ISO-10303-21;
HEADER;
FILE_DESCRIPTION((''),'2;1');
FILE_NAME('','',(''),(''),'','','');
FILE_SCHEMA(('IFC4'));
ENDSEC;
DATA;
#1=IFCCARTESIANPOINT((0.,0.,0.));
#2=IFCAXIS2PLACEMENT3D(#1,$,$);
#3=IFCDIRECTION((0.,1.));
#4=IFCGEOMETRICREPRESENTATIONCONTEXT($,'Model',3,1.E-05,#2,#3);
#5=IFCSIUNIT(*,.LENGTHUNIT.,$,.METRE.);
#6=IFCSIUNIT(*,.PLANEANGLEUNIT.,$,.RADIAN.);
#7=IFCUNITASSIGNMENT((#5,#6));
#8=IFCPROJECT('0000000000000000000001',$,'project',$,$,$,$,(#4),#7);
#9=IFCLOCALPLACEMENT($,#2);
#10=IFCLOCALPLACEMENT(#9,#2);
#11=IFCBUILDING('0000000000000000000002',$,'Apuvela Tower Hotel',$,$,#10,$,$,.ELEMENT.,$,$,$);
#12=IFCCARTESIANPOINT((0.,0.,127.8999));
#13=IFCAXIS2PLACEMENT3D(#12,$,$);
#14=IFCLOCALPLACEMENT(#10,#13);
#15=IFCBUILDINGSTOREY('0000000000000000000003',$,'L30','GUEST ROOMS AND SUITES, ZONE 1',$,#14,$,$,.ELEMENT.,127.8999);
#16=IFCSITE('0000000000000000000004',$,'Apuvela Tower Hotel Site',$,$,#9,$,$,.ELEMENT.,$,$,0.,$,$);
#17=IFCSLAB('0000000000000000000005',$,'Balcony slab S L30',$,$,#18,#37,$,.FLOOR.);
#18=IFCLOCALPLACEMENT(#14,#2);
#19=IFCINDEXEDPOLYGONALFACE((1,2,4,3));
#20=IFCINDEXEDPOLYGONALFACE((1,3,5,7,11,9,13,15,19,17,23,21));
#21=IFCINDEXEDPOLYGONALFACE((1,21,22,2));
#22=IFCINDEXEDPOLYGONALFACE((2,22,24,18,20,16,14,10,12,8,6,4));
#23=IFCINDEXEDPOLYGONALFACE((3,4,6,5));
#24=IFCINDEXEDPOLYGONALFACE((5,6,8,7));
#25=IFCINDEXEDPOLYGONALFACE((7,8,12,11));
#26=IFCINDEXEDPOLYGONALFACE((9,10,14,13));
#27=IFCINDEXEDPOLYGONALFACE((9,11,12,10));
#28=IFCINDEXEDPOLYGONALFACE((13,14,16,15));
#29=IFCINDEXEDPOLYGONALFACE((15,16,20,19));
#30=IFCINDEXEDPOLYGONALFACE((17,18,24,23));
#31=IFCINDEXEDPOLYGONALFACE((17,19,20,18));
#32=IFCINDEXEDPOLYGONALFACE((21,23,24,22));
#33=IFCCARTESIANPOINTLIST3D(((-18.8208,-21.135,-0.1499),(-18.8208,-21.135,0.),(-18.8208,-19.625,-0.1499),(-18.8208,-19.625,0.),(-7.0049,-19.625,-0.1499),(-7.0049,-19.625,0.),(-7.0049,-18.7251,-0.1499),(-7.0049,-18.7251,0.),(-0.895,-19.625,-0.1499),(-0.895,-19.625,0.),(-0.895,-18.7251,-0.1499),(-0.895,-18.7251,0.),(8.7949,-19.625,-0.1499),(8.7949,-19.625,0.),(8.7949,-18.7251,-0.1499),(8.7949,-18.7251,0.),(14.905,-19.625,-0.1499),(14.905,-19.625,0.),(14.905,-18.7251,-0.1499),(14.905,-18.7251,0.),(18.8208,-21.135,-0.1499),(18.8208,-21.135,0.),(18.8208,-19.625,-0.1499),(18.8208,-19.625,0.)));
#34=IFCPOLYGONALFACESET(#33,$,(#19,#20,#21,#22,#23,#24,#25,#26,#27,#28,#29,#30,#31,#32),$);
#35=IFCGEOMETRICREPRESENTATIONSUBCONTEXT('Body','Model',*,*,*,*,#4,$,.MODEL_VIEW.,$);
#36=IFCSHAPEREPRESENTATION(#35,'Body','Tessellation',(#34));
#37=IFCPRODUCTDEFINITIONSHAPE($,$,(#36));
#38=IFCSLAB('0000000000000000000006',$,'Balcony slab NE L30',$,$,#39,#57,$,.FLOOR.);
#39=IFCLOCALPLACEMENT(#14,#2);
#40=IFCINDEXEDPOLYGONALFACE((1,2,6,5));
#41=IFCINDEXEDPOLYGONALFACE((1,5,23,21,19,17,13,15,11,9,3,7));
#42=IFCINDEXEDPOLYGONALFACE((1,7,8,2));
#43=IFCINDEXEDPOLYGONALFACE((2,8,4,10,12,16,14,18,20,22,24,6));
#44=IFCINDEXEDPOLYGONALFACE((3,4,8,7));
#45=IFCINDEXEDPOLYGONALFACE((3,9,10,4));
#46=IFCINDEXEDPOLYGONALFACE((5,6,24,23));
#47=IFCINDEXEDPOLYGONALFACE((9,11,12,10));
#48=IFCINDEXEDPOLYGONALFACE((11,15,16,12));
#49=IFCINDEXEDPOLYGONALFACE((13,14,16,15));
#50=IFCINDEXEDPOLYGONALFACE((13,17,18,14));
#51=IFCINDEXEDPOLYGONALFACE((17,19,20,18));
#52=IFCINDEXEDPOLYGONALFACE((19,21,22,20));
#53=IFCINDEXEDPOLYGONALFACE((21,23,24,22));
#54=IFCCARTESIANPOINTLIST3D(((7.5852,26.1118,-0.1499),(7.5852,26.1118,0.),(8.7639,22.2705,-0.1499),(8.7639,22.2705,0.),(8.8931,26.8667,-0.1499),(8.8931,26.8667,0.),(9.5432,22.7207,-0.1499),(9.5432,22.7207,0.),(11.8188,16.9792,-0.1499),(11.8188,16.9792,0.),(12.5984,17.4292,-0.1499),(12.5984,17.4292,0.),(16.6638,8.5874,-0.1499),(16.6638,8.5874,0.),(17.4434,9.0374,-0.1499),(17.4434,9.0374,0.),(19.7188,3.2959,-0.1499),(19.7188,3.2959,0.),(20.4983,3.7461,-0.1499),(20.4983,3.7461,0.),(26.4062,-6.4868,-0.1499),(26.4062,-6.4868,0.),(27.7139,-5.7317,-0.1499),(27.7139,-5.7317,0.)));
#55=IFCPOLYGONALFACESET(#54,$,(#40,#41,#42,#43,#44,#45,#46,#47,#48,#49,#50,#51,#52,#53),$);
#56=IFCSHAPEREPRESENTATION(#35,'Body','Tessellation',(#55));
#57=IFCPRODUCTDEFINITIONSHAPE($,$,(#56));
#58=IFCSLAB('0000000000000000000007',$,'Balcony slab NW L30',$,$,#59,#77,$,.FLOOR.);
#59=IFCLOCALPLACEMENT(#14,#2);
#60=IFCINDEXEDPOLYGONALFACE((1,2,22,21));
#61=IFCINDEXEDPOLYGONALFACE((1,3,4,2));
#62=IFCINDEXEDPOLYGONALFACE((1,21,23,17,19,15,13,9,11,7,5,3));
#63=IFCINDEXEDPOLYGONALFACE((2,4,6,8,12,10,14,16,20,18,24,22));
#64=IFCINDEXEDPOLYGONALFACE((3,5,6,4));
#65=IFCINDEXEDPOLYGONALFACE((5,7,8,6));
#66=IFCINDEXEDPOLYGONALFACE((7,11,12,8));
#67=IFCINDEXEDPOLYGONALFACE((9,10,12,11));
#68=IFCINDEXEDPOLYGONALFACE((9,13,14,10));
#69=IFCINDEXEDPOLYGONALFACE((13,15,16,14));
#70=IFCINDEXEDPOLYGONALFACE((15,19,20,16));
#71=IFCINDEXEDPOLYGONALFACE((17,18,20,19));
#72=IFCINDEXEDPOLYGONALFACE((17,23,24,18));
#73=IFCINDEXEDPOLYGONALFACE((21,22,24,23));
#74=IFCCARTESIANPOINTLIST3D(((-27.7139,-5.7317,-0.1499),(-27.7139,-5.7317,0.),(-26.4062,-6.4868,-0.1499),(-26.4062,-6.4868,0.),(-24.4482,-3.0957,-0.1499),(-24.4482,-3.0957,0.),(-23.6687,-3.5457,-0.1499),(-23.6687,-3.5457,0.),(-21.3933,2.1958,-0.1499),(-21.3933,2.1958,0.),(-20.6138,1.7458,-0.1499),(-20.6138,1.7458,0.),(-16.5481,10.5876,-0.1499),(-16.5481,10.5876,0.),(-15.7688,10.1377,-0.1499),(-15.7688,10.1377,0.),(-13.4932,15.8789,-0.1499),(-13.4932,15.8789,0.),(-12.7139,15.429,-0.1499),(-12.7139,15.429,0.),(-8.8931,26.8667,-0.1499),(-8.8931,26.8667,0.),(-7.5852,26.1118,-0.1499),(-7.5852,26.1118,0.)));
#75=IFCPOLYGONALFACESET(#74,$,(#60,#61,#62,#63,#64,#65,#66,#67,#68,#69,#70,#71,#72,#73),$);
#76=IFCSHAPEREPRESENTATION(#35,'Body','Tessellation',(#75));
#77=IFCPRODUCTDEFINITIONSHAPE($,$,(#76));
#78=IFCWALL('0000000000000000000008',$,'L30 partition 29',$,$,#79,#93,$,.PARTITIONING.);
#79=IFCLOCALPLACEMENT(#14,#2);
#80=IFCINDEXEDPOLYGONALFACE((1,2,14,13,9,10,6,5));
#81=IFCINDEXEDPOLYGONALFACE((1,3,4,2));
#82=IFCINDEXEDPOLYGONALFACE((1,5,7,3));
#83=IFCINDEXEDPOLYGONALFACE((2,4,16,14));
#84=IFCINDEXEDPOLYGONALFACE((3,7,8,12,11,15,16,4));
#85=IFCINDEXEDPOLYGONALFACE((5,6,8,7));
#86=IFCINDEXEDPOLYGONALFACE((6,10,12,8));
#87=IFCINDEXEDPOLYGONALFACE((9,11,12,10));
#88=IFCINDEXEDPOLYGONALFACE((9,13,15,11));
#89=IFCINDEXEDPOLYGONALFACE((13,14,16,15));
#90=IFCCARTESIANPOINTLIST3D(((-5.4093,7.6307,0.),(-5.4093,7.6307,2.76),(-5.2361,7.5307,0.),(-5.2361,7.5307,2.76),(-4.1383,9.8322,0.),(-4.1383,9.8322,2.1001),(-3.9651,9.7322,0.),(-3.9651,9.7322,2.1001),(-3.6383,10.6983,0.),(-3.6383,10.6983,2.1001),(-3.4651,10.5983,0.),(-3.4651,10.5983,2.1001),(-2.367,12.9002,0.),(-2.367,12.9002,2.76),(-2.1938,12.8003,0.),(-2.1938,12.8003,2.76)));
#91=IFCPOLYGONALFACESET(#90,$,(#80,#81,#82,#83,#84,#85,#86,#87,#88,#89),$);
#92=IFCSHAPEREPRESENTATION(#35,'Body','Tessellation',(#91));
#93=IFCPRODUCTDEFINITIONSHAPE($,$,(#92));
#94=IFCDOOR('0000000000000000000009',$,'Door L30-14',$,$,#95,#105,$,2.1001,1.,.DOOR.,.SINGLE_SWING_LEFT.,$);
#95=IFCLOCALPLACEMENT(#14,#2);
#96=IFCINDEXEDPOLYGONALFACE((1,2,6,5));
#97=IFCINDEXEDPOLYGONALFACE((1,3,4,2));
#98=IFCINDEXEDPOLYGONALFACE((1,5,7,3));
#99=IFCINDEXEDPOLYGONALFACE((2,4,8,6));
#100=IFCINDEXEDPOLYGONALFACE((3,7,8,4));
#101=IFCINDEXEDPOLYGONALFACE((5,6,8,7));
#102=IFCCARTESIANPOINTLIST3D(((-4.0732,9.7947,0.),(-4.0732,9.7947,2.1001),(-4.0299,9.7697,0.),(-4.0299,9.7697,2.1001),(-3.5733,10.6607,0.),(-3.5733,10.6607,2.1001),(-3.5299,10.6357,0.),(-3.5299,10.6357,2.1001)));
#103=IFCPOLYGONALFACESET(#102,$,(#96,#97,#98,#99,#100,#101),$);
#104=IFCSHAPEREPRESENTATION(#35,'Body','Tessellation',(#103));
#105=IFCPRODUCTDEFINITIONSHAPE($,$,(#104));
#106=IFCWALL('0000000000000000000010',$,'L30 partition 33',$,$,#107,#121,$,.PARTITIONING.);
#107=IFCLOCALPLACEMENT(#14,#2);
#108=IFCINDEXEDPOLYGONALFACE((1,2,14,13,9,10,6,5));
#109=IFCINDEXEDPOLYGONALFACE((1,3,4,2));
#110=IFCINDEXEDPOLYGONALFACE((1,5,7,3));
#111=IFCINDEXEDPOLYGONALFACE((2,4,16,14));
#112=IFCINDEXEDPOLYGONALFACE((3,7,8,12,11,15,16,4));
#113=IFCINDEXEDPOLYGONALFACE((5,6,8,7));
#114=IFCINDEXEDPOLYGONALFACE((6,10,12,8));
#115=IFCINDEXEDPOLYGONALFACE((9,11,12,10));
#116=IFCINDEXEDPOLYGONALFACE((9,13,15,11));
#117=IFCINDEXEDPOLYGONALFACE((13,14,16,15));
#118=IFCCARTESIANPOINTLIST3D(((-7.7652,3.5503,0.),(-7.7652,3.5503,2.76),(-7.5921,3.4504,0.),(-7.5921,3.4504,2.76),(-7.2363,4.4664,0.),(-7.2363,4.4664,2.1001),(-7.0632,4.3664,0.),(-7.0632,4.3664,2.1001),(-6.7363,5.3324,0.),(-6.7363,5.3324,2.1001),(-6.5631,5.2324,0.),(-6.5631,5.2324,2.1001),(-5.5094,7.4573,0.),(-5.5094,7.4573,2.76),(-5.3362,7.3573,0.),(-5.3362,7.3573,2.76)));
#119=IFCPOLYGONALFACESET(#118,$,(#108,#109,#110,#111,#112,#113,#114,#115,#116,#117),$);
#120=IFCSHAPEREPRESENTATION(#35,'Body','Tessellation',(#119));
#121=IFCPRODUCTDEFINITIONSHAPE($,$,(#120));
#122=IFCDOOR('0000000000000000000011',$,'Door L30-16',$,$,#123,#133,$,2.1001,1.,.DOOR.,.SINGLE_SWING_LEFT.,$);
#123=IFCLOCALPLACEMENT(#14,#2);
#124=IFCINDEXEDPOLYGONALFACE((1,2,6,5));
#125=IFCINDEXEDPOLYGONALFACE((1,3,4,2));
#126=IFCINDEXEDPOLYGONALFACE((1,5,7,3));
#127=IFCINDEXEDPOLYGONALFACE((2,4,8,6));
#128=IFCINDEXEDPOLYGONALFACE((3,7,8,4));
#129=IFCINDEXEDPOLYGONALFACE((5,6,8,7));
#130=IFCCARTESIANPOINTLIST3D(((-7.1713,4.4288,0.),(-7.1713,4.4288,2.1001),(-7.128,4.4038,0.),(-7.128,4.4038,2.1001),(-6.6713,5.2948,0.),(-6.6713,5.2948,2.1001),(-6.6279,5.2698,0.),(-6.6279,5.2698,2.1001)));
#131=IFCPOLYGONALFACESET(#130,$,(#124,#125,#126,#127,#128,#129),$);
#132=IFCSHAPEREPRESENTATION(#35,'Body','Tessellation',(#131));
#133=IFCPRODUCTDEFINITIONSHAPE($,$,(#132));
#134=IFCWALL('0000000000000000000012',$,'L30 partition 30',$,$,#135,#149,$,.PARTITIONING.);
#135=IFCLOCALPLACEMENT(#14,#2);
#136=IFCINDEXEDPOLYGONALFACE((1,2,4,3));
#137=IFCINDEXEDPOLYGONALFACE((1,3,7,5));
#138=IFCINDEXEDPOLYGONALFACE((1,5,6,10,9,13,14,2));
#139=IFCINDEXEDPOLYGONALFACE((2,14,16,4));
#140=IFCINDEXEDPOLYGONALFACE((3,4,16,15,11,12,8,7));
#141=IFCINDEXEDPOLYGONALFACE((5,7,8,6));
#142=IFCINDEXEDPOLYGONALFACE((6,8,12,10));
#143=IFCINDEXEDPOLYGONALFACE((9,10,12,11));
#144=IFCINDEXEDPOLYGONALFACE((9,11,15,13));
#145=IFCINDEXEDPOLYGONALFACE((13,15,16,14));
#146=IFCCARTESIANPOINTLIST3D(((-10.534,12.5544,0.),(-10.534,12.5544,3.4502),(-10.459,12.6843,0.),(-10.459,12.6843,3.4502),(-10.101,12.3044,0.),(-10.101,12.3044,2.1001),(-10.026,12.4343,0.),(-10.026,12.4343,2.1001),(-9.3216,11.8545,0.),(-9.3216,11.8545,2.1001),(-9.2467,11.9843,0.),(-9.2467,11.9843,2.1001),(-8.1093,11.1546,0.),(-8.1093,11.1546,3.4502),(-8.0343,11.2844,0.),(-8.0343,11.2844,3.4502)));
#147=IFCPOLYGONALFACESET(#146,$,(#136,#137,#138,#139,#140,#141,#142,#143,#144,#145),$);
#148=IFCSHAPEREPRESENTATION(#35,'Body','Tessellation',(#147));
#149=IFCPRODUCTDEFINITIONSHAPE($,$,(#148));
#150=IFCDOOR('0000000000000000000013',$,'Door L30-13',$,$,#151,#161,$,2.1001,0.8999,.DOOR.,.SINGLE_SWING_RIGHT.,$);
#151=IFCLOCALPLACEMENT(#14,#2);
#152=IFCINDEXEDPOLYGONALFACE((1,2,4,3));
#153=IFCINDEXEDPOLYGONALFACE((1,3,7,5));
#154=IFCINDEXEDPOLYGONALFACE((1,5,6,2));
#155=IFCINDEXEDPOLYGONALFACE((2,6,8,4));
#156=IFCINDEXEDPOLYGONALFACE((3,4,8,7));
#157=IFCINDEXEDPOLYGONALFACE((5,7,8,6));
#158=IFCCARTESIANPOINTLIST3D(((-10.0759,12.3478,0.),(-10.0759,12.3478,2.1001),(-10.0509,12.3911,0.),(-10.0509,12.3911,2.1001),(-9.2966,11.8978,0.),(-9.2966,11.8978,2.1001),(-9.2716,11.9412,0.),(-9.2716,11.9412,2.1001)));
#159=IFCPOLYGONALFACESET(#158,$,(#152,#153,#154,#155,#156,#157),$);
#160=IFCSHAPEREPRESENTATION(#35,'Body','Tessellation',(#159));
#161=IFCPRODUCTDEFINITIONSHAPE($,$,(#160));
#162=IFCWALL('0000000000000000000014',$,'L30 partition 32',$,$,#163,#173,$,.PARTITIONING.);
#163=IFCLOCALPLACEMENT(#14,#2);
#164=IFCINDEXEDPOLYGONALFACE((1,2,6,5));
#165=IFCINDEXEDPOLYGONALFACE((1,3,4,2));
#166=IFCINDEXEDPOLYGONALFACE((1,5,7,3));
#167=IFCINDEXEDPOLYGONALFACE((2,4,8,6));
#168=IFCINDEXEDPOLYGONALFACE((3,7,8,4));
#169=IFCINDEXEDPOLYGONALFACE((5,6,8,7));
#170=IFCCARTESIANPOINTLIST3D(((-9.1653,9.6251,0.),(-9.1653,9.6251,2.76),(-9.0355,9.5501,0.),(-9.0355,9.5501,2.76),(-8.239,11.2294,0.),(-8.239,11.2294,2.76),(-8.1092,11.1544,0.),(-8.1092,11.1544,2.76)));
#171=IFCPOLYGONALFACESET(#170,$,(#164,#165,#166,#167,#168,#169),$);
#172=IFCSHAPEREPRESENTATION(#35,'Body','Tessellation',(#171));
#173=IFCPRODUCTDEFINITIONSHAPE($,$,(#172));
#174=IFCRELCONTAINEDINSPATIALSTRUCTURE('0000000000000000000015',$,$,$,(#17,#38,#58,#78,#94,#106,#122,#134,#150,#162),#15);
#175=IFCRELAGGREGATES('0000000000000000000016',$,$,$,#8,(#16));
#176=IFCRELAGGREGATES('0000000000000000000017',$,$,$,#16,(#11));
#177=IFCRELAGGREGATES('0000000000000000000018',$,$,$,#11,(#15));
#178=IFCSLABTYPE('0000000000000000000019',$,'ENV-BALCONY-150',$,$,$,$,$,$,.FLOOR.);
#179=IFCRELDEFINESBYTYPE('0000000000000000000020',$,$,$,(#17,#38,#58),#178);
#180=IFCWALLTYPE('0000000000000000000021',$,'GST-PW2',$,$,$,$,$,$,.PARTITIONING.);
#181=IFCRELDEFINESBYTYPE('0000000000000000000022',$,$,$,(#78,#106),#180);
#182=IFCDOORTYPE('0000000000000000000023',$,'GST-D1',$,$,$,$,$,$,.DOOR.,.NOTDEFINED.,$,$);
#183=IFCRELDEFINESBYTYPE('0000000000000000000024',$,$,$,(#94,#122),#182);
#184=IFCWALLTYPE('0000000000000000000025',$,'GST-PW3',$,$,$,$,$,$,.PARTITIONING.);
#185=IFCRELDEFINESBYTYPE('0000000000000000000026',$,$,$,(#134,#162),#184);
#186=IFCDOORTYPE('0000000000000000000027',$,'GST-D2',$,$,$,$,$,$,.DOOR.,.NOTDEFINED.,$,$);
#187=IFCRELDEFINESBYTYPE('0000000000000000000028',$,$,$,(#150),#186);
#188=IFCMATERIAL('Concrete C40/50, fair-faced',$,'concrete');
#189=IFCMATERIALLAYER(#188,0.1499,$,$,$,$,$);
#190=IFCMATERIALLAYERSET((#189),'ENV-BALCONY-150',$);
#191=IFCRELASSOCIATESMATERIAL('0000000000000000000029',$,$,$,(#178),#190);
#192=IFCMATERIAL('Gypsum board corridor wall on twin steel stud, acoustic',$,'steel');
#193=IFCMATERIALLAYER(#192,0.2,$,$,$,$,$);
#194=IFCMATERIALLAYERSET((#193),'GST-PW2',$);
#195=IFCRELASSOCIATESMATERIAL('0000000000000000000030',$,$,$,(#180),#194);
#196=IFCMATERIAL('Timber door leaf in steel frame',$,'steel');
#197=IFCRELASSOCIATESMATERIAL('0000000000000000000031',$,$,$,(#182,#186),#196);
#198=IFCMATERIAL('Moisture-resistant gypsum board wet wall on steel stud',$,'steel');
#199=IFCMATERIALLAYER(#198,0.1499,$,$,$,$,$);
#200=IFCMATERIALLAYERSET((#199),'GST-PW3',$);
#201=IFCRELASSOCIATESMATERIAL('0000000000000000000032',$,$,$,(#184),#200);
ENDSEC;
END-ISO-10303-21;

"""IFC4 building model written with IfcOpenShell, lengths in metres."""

from ifc_helpers import new_model, si_unit, direction, frame, frame_2d, origin, place, context, subcontext, project, spatial, polyline, rectangle, outline, extrude, material, layer, layer_set, type_object, element, fill, save


model = new_model("IFC4")

# Units and contexts
model_context = context("Model", 3, precision=1e-05, world=origin(), true_north=direction((0.0, 1.0)))
body_context = subcontext(model_context, "Body", "Model", "MODEL_VIEW")
ifc_project = project(units=[si_unit("LENGTHUNIT", "METRE"), si_unit("PLANEANGLEUNIT", "RADIAN")], contexts=[model_context])

# Site, building, storey
site_placement = place(None, origin())
site = spatial("IfcSite", under=ifc_project, at=site_placement, Name="Apuvela Tower Hotel Site", CompositionType="ELEMENT", RefElevation=0.0)
building_placement = place(site_placement, origin())
building = spatial("IfcBuilding", under=site, at=building_placement, Name="Apuvela Tower Hotel", CompositionType="ELEMENT")
storey_placement = place(building_placement, frame((0.0, 0.0, 127.8999)))
storey = spatial("IfcBuildingStorey", under=building, at=storey_placement, Name="L30", Description="GUEST ROOMS AND SUITES, ZONE 1", CompositionType="ELEMENT", Elevation=127.8999)

# Slabs
ifc_material_1 = material(Name="Concrete C40/50, fair-faced", Category="concrete")
ifc_layer_1 = layer(ifc_material_1, 0.1499)
ifc_layer_set_1 = layer_set([ifc_layer_1], Name="ENV-BALCONY-150")
slab_type_1 = type_object("IfcSlabType", Name="ENV-BALCONY-150", PredefinedType="FLOOR", material=ifc_layer_set_1)
slab_1_placement = place(storey_placement, frame((0.0, 0.0, -0.1499)))
element("IfcSlab", 1, at=slab_1_placement, inside=storey, type_object=slab_type_1, Name="Balcony slab S L30", PredefinedType="FLOOR", context=body_context, shape_type="SweptSolid", body=[
    extrude(outline(polyline([(18.8208, -21.135), (-18.8208, -21.135), (-18.8208, -19.625), (-7.0049, -19.625), (-7.0049, -18.7251), (-0.895, -18.7251), (-0.895, -19.625), (8.7949, -19.625), (8.7949, -18.7251), (14.905, -18.7251), (14.905, -19.625), (18.8208, -19.625), (18.8208, -21.135)])), origin(), (0.0, 0.0, 1.0), 0.1499),
])
slab_2_placement = place(storey_placement, frame((0.0, 0.0, -0.1499)))
element("IfcSlab", 2, at=slab_2_placement, inside=storey, type_object=slab_type_1, Name="Balcony slab NE L30", PredefinedType="FLOOR", context=body_context, shape_type="SweptSolid", body=[
    extrude(outline(polyline([(17.4434, 9.0374), (12.5984, 17.4292), (11.8188, 16.9792), (8.7639, 22.2705), (9.5432, 22.7207), (7.5852, 26.1118), (8.8931, 26.8667), (27.7139, -5.7317), (26.4062, -6.4868), (20.4983, 3.7461), (19.7188, 3.2959), (16.6638, 8.5874), (17.4434, 9.0374)])), origin(), (0.0, 0.0, 1.0), 0.1499),
])
slab_3_placement = place(storey_placement, frame((0.0, 0.0, -0.1499)))
element("IfcSlab", 3, at=slab_3_placement, inside=storey, type_object=slab_type_1, Name="Balcony slab NW L30", PredefinedType="FLOOR", context=body_context, shape_type="SweptSolid", body=[
    extrude(outline(polyline([(-27.7139, -5.7317), (-8.8931, 26.8667), (-7.5852, 26.1118), (-13.4932, 15.8789), (-12.7139, 15.429), (-15.7688, 10.1377), (-16.5481, 10.5876), (-21.3933, 2.1958), (-20.6138, 1.7458), (-23.6687, -3.5457), (-24.4482, -3.0957), (-26.4062, -6.4868), (-27.7139, -5.7317)])), origin(), (0.0, 0.0, 1.0), 0.1499),
])

# Walls, openings, doors
ifc_material_2 = material(Name="Gypsum board corridor wall on twin steel stud, acoustic", Category="steel")
ifc_layer_2 = layer(ifc_material_2, 0.2)
ifc_layer_set_2 = layer_set([ifc_layer_2], Name="GST-PW2")
wall_type_1 = type_object("IfcWallType", Name="GST-PW2", PredefinedType="PARTITIONING", material=ifc_layer_set_2)
wall_1_placement = place(storey_placement, frame((-5.3228, 7.5806, 0.0), z_axis=(0.0, 0.0, 1.0), x_axis=(0.499984, 0.866035, 0.0)))
wall_1 = element("IfcWall", 4, at=wall_1_placement, inside=storey, type_object=wall_type_1, Name="L30 partition 29", PredefinedType="PARTITIONING", context=body_context, shape_type="SweptSolid", body=[
    extrude(rectangle(XDim=6.0847, YDim=0.2, at=frame_2d((3.0425, 0.0))), origin(), (0.0, 0.0, 1.0), 2.76),
])
opening_1_placement = place(wall_1_placement, frame((2.5422, 0.0, 0.0)))
opening_1 = element("IfcOpeningElement", 5, at=opening_1_placement, cuts=wall_1, PredefinedType="OPENING", context=body_context, shape_type="SweptSolid", body=[
    extrude(rectangle(XDim=1.0, YDim=2.1001, at=frame_2d((0.5, 1.05))), frame((0.0, 0.1099, 0.0), z_axis=(0.0, -1.0, 0.0), x_axis=(1.0, 0.0, 0.0)), (0.0, 0.0, 1.0), 0.22),
])
ifc_material_3 = material(Name="Timber door leaf in steel frame", Category="steel")
door_type_1 = type_object("IfcDoorType", Name="GST-D1", OperationType="NOTDEFINED", PredefinedType="DOOR", material=ifc_material_3)
door_1_placement = place(opening_1_placement, origin())
door_1 = element("IfcDoor", 6, at=door_1_placement, inside=storey, type_object=door_type_1, Name="Door L30-14", OperationType="SINGLE_SWING_LEFT", OverallHeight=2.1001, OverallWidth=1.0, PredefinedType="DOOR", context=body_context, shape_type="SweptSolid", body=[
    extrude(rectangle(XDim=1.0, YDim=2.1001, at=frame_2d((0.5, 1.05))), frame((0.0, 0.0249, 0.0), z_axis=(0.0, -1.0, 0.0), x_axis=(1.0, 0.0, 0.0)), (0.0, 0.0, 1.0), 0.05),
])
fill(opening_1, door_1)
wall_2_placement = place(storey_placement, frame((-7.6787, 3.5002, 0.0), z_axis=(0.0, 0.0, 1.0), x_axis=(0.500027, 0.86601, 0.0)))
wall_2 = element("IfcWall", 7, at=wall_2_placement, inside=storey, type_object=wall_type_1, Name="L30 partition 33", PredefinedType="PARTITIONING", context=body_context, shape_type="SweptSolid", body=[
    extrude(rectangle(XDim=4.5115, YDim=0.2, at=frame_2d((2.2559, 0.0))), origin(), (0.0, 0.0, 1.0), 2.76),
])
opening_2_placement = place(wall_2_placement, frame((1.0579, 0.0, 0.0)))
opening_2 = element("IfcOpeningElement", 8, at=opening_2_placement, cuts=wall_2, PredefinedType="OPENING", context=body_context, shape_type="SweptSolid", body=[
    extrude(rectangle(XDim=1.0, YDim=2.1001, at=frame_2d((0.5, 1.05))), frame((0.0, 0.1099, 0.0), z_axis=(0.0, -1.0, 0.0), x_axis=(1.0, 0.0, 0.0)), (0.0, 0.0, 1.0), 0.22),
])
door_2_placement = place(opening_2_placement, origin())
door_2 = element("IfcDoor", 9, at=door_2_placement, inside=storey, type_object=door_type_1, Name="Door L30-16", OperationType="SINGLE_SWING_LEFT", OverallHeight=2.1001, OverallWidth=1.0, PredefinedType="DOOR", context=body_context, shape_type="SweptSolid", body=[
    extrude(rectangle(XDim=1.0, YDim=2.1001, at=frame_2d((0.5, 1.05))), frame((0.0, 0.0249, 0.0), z_axis=(0.0, -1.0, 0.0), x_axis=(1.0, 0.0, 0.0)), (0.0, 0.0, 1.0), 0.05),
])
fill(opening_2, door_2)
ifc_material_4 = material(Name="Moisture-resistant gypsum board wet wall on steel stud", Category="steel")
ifc_layer_3 = layer(ifc_material_4, 0.1499)
ifc_layer_set_3 = layer_set([ifc_layer_3], Name="GST-PW3")
wall_type_2 = type_object("IfcWallType", Name="GST-PW3", PredefinedType="PARTITIONING", material=ifc_layer_set_3)
wall_3_placement = place(storey_placement, frame((-8.0718, 11.2195, 0.0), z_axis=(0.0, 0.0, 1.0), x_axis=(-0.866035, 0.499984, 0.0)))
wall_3 = element("IfcWall", 10, at=wall_3_placement, inside=storey, type_object=wall_type_2, Name="L30 partition 30", PredefinedType="PARTITIONING", context=body_context, shape_type="SweptSolid", body=[
    extrude(rectangle(XDim=2.7998, YDim=0.1499, at=frame_2d((1.3999, 0.0))), origin(), (0.0, 0.0, 1.0), 3.4502),
])
opening_3_placement = place(wall_3_placement, frame((1.3999, 0.0, 0.0)))
opening_3 = element("IfcOpeningElement", 11, at=opening_3_placement, cuts=wall_3, PredefinedType="OPENING", context=body_context, shape_type="SweptSolid", body=[
    extrude(rectangle(XDim=0.8999, YDim=2.1001, at=frame_2d((0.45, 1.05))), frame((0.0, 0.085, 0.0), z_axis=(0.0, -1.0, 0.0), x_axis=(1.0, 0.0, 0.0)), (0.0, 0.0, 1.0), 0.1699),
])
door_type_2 = type_object("IfcDoorType", Name="GST-D2", OperationType="NOTDEFINED", PredefinedType="DOOR", material=ifc_material_3)
door_3_placement = place(opening_3_placement, origin())
door_3 = element("IfcDoor", 12, at=door_3_placement, inside=storey, type_object=door_type_2, Name="Door L30-13", OperationType="SINGLE_SWING_RIGHT", OverallHeight=2.1001, OverallWidth=0.8999, PredefinedType="DOOR", context=body_context, shape_type="SweptSolid", body=[
    extrude(rectangle(XDim=0.8999, YDim=2.1001, at=frame_2d((0.45, 1.05))), frame((0.0, 0.0249, 0.0), z_axis=(0.0, -1.0, 0.0), x_axis=(1.0, 0.0, 0.0)), (0.0, 0.0, 1.0), 0.05),
])
fill(opening_3, door_3)

# Wall
wall_4_placement = place(storey_placement, frame((-8.1741, 11.1919, 0.0), z_axis=(0.0, 0.0, 1.0), x_axis=(-0.500023, -0.866012, 0.0)))
element("IfcWall", 13, at=wall_4_placement, inside=storey, type_object=wall_type_2, Name="L30 partition 32", PredefinedType="PARTITIONING", context=body_context, shape_type="SweptSolid", body=[
    extrude(rectangle(XDim=1.8525, YDim=0.1499, at=frame_2d((0.9263, 0.0))), origin(), (0.0, 0.0, 1.0), 2.76),
])

save(model, "model.ifc")
